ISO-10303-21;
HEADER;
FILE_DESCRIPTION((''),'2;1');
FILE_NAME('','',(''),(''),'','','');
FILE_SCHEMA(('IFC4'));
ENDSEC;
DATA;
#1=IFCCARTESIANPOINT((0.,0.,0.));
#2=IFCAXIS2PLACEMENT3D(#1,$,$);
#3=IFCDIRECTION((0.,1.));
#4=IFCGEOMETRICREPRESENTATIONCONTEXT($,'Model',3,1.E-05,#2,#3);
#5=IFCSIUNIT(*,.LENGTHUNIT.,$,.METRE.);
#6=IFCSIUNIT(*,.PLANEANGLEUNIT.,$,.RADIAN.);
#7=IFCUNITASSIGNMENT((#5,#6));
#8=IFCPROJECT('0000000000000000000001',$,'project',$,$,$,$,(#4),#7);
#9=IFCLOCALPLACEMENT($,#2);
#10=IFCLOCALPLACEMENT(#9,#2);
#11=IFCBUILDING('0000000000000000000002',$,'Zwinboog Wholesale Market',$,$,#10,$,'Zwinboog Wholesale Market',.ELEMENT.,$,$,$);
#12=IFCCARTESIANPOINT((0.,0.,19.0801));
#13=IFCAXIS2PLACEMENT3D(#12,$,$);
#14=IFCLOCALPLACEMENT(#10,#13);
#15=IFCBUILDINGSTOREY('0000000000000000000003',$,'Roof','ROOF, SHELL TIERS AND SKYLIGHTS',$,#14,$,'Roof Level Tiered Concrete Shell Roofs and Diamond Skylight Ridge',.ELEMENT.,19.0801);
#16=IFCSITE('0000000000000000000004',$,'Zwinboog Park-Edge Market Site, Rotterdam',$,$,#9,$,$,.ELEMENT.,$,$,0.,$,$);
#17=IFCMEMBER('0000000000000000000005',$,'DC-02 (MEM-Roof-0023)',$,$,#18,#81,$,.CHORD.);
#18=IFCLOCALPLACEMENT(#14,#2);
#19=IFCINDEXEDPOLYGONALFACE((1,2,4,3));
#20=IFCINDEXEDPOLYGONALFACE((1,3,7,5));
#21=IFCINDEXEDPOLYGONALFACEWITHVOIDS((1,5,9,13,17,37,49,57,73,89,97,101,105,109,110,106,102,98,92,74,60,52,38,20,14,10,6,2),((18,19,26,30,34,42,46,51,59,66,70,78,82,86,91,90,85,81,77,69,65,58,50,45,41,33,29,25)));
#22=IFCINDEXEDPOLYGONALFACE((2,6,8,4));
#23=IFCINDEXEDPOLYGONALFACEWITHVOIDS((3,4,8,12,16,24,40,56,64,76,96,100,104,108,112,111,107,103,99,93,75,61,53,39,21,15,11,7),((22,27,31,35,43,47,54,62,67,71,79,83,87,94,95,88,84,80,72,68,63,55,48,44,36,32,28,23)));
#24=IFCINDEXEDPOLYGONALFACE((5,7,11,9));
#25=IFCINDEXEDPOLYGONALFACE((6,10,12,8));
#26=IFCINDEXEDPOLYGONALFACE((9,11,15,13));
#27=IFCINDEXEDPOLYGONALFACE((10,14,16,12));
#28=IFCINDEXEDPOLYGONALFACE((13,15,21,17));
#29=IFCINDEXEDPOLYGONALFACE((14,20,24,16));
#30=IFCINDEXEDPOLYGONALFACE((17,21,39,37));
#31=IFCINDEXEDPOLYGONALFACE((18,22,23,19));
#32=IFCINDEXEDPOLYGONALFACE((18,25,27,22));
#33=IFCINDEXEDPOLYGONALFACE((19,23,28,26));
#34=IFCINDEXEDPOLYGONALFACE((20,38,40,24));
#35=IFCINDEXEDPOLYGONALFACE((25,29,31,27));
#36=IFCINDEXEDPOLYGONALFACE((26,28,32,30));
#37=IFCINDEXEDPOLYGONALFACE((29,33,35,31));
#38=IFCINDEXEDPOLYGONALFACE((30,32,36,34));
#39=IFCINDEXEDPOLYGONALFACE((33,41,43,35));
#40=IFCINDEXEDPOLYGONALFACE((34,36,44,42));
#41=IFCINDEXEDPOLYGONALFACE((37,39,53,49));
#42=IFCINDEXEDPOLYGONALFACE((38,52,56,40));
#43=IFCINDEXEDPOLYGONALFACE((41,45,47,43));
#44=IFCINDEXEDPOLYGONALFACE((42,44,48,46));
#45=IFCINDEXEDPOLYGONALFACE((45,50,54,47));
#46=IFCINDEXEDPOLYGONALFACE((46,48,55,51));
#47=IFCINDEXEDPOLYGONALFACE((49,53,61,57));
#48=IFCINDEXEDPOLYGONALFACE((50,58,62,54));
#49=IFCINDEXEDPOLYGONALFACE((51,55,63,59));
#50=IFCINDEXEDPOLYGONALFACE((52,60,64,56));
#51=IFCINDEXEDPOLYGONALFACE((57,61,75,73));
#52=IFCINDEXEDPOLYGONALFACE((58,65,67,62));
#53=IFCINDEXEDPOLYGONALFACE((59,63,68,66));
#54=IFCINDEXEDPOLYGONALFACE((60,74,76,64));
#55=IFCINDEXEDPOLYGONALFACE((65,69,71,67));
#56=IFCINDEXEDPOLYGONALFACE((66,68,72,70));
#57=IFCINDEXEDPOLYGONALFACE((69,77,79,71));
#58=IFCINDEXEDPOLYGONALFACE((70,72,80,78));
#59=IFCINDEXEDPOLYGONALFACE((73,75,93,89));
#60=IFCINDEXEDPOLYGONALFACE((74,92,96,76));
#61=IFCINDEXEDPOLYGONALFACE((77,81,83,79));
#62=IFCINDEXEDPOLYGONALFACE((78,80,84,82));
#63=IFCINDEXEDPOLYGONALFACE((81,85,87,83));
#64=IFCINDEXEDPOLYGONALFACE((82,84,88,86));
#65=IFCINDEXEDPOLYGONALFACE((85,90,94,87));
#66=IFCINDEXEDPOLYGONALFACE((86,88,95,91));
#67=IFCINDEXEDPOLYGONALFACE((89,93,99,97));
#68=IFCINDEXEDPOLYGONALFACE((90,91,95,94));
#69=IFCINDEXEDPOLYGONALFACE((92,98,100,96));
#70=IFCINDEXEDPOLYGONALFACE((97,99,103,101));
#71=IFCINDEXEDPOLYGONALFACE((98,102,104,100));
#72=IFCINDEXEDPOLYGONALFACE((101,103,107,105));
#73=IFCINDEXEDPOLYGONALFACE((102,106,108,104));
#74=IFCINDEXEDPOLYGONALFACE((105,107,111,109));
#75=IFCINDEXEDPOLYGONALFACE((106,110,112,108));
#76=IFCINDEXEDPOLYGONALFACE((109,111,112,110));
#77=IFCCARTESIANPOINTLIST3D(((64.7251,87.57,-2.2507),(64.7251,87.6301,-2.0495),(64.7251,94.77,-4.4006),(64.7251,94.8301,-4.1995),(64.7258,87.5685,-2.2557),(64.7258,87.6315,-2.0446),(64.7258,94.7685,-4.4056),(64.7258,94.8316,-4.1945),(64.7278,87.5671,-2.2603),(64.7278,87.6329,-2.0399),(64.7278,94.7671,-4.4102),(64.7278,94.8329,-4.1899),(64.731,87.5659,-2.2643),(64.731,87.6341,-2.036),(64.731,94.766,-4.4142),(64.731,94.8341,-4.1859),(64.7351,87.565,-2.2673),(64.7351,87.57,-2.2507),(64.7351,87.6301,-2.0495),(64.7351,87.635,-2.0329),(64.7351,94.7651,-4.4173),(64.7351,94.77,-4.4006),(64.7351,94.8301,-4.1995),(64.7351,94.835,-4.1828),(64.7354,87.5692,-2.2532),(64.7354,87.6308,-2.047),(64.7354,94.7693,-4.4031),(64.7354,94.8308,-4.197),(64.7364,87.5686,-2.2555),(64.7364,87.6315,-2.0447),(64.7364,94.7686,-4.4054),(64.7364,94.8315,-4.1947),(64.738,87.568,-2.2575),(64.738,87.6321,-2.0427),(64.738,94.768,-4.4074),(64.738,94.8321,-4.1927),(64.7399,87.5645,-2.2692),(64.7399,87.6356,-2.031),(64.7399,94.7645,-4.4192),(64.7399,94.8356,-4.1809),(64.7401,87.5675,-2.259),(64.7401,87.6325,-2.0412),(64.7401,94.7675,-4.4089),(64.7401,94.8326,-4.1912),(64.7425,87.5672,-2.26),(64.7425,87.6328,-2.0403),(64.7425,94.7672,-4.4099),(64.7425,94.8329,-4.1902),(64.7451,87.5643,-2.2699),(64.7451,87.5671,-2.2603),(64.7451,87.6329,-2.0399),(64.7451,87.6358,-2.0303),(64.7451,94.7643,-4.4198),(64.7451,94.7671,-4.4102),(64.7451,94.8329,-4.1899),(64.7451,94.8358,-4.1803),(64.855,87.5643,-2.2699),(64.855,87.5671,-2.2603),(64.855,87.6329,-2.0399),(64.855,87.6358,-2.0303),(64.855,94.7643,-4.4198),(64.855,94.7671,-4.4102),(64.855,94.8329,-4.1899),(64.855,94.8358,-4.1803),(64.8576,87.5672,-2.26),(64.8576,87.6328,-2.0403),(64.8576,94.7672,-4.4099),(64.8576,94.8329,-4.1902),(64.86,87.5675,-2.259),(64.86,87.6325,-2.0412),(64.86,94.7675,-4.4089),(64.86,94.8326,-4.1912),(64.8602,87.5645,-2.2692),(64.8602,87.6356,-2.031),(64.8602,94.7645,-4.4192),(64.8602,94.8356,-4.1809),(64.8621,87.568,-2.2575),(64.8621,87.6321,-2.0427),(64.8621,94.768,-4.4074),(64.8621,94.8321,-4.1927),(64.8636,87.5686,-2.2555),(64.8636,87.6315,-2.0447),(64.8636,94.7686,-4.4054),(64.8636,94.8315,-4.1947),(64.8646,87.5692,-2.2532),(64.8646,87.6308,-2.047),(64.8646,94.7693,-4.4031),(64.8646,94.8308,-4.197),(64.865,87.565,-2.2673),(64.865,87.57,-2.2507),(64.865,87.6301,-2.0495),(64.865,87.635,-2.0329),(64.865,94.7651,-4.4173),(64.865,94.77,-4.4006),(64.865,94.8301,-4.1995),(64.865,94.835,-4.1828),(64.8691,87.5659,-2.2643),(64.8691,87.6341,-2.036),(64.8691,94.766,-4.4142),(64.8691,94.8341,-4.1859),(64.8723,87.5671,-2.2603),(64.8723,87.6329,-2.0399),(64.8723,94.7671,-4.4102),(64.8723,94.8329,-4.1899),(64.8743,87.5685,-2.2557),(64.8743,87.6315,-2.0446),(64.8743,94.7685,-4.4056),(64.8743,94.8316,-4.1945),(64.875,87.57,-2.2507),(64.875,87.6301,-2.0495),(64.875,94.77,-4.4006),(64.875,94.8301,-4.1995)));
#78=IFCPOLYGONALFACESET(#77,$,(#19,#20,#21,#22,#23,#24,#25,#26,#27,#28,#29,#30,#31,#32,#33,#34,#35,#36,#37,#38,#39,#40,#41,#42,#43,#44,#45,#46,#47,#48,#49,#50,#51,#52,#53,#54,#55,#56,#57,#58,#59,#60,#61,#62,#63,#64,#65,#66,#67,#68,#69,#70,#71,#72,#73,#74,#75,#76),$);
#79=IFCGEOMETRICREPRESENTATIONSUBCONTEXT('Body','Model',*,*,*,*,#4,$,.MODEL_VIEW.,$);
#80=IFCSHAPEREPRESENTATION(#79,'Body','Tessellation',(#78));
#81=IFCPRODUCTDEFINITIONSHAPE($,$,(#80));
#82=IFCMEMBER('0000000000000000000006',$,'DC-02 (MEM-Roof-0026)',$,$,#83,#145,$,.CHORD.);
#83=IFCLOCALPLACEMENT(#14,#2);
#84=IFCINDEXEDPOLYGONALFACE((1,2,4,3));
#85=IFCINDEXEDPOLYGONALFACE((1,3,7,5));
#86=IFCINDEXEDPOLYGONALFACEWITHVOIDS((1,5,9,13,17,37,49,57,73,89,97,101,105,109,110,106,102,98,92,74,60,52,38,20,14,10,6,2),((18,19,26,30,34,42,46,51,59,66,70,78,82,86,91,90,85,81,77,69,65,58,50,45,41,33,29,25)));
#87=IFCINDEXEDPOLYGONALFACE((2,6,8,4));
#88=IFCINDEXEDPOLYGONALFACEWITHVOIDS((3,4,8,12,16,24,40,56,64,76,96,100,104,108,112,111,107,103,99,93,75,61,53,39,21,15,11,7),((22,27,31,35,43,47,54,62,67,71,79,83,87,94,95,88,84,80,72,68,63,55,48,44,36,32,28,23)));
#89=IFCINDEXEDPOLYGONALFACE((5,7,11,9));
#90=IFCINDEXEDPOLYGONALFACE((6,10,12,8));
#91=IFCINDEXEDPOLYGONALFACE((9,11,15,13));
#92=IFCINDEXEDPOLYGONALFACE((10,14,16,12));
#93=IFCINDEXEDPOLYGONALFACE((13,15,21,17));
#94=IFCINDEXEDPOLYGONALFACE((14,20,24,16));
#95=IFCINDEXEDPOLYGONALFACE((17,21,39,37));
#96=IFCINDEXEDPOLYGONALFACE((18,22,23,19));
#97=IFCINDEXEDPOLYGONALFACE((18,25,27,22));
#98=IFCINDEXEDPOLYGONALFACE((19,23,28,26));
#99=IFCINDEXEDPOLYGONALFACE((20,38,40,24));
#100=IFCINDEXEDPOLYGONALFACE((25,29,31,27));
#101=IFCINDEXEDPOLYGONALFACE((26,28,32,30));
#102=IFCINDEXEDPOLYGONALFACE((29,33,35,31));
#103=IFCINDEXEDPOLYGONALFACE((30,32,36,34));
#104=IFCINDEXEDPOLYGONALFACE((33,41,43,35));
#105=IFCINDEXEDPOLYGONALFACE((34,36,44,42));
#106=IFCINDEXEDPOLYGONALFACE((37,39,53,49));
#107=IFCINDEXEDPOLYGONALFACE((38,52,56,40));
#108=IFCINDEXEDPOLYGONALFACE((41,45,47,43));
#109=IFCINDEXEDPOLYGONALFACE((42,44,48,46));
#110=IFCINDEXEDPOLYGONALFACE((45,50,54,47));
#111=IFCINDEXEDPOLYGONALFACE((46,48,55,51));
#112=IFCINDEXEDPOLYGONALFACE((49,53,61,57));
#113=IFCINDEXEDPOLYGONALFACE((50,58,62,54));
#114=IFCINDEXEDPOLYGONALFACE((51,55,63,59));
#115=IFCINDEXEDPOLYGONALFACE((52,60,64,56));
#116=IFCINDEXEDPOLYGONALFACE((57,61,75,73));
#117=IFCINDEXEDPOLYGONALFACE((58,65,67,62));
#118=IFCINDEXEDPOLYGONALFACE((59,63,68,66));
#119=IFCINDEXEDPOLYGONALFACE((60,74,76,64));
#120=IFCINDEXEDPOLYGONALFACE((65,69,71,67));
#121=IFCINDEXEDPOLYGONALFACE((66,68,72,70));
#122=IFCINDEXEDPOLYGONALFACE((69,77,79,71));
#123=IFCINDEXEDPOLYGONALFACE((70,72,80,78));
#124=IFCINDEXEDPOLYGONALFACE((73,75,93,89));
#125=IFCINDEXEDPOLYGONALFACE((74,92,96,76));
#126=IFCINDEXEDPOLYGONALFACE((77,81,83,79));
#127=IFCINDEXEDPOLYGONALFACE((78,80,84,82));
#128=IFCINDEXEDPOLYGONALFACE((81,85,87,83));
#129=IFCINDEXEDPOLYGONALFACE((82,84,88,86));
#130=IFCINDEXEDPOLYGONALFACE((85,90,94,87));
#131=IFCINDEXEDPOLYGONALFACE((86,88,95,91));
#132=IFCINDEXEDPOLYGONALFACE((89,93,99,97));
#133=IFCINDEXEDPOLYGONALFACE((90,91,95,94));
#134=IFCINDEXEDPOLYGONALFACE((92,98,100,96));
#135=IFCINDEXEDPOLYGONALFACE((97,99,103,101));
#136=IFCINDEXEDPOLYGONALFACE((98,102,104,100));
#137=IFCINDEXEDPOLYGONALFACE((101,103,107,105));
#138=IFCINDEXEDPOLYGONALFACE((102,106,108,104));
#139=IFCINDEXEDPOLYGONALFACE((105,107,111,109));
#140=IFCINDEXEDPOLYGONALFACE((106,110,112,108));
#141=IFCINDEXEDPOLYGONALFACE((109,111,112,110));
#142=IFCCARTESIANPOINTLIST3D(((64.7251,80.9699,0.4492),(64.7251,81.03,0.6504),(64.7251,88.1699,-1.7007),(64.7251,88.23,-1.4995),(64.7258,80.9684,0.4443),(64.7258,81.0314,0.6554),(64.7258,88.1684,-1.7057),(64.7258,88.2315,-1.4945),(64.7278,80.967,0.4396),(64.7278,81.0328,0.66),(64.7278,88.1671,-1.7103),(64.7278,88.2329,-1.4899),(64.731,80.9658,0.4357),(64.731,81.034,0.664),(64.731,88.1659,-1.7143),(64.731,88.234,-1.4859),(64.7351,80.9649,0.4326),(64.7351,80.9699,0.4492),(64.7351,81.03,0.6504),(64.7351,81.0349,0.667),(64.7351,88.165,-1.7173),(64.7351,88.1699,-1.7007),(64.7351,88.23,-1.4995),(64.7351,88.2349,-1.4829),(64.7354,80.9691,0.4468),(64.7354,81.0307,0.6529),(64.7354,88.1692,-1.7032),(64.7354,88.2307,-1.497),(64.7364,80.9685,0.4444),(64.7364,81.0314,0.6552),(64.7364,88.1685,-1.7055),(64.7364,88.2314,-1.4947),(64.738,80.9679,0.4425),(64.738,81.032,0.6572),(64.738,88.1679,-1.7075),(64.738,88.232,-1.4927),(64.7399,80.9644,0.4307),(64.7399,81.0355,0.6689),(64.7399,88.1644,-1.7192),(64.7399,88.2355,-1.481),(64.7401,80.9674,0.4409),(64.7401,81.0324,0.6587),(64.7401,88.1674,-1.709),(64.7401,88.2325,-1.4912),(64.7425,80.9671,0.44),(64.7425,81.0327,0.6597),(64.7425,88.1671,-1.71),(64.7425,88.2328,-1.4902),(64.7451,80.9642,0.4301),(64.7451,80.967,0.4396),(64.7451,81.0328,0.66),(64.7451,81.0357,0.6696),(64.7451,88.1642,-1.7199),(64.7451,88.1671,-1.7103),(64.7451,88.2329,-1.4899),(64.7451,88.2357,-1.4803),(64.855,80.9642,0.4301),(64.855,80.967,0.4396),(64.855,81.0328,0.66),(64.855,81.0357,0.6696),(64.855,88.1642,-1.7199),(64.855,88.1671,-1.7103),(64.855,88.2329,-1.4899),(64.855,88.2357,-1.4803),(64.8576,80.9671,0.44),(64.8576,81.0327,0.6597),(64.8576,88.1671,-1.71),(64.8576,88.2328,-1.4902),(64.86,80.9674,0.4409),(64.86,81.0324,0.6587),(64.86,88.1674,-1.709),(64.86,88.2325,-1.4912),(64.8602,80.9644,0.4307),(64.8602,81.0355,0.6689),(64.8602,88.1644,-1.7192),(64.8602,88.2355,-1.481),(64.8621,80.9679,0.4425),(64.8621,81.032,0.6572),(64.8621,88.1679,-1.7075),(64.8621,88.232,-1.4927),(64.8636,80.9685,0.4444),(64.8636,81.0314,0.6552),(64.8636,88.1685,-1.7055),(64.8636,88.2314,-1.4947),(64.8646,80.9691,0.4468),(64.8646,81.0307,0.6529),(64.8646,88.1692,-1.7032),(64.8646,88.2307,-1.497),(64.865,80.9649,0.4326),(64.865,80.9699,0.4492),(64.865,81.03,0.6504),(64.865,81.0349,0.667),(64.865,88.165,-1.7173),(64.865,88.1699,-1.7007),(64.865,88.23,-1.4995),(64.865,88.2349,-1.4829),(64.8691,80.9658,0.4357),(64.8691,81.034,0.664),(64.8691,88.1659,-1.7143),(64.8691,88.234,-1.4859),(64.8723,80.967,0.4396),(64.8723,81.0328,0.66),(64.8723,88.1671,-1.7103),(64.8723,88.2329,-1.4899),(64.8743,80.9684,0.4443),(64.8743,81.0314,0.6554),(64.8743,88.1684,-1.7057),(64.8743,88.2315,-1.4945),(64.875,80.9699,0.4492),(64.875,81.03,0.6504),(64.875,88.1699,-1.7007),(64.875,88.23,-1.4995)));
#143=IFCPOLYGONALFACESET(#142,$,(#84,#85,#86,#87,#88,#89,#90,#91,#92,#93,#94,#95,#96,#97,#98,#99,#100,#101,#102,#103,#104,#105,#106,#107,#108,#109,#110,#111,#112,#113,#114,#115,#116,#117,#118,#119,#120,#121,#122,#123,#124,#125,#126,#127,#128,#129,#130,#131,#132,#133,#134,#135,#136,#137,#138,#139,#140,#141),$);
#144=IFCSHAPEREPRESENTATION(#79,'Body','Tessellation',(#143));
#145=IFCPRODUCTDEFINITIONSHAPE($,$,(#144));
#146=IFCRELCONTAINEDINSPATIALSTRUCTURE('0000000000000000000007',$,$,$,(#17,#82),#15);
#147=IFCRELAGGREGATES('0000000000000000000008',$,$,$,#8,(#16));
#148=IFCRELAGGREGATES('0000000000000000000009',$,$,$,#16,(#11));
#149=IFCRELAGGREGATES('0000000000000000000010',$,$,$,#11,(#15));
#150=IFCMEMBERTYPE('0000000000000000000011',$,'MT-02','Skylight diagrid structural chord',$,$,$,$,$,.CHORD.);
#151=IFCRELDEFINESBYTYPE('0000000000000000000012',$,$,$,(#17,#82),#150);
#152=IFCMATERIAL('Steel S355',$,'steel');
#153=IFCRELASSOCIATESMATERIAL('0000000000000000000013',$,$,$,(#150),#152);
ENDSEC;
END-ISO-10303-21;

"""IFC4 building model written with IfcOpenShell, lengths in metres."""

from ifc_helpers import new_model, si_unit, direction, frame, origin, origin_2d, place, context, subcontext, project, spatial, hollow_rectangle, extrude, material, material_profile, profile_set, type_object, element, save


model = new_model("IFC4")

# Units and contexts
model_context = context("Model", 3, precision=1e-05, world=origin(), true_north=direction((0.0, 1.0)))
body_context = subcontext(model_context, "Body", "Model", "MODEL_VIEW")
ifc_project = project(units=[si_unit("LENGTHUNIT", "METRE"), si_unit("PLANEANGLEUNIT", "RADIAN")], contexts=[model_context])

# Site, building, storey
site_placement = place(None, origin())
site = spatial("IfcSite", under=ifc_project, at=site_placement, Name="Zwinboog Park-Edge Market Site, Rotterdam", CompositionType="ELEMENT", RefElevation=0.0)
building_placement = place(site_placement, origin())
building = spatial("IfcBuilding", under=site, at=building_placement, Name="Zwinboog Wholesale Market", LongName="Zwinboog Wholesale Market", CompositionType="ELEMENT")
storey_placement = place(building_placement, frame((0.0, 0.0, 19.0801)))
storey = spatial("IfcBuildingStorey", under=building, at=storey_placement, Name="Roof", Description="ROOF, SHELL TIERS AND SKYLIGHTS", LongName="Roof Level Tiered Concrete Shell Roofs and Diamond Skylight Ridge", CompositionType="ELEMENT", Elevation=19.0801)

# Members
ifc_material_1 = material(Name="Steel S355", Category="steel")
ifc_material_profile_1 = material_profile(ifc_material_1, hollow_rectangle(XDim=0.1499, YDim=0.25, WallThickness=0.01, InnerFilletRadius=0.01, OuterFilletRadius=0.02, at=origin_2d()), Name="RHS 250x150x10")
ifc_profile_set_1 = profile_set([ifc_material_profile_1], Name="Steel S355")
member_type_1 = type_object("IfcMemberType", Name="MT-02", Description="Skylight diagrid structural chord", PredefinedType="CHORD", material=ifc_profile_set_1)
for number, where, z_axis, x_axis, name in (
    (1, (64.8, 94.8, -4.3), (0.0, -0.958195, 0.286117), (1.0, 0.0, 0.0), "DC-02 (MEM-Roof-0023)"),
    (2, (64.8, 88.2, -1.6001), (0.0, -0.958195, 0.286117), (1.0, 0.0, 0.0), "DC-02 (MEM-Roof-0026)"),
):
    element("IfcMember", number, at=place(storey_placement, frame(where, z_axis=z_axis, x_axis=x_axis)), inside=storey, type_object=member_type_1, Name=name, PredefinedType="CHORD", context=body_context, shape_type="SweptSolid", body=[
        extrude(hollow_rectangle(XDim=0.1499, YDim=0.25, WallThickness=0.01, InnerFilletRadius=0.01, OuterFilletRadius=0.02, at=origin_2d()), origin(), (0.0, 0.0, 1.0), 7.5142),
    ])

save(model, "model.ifc")
